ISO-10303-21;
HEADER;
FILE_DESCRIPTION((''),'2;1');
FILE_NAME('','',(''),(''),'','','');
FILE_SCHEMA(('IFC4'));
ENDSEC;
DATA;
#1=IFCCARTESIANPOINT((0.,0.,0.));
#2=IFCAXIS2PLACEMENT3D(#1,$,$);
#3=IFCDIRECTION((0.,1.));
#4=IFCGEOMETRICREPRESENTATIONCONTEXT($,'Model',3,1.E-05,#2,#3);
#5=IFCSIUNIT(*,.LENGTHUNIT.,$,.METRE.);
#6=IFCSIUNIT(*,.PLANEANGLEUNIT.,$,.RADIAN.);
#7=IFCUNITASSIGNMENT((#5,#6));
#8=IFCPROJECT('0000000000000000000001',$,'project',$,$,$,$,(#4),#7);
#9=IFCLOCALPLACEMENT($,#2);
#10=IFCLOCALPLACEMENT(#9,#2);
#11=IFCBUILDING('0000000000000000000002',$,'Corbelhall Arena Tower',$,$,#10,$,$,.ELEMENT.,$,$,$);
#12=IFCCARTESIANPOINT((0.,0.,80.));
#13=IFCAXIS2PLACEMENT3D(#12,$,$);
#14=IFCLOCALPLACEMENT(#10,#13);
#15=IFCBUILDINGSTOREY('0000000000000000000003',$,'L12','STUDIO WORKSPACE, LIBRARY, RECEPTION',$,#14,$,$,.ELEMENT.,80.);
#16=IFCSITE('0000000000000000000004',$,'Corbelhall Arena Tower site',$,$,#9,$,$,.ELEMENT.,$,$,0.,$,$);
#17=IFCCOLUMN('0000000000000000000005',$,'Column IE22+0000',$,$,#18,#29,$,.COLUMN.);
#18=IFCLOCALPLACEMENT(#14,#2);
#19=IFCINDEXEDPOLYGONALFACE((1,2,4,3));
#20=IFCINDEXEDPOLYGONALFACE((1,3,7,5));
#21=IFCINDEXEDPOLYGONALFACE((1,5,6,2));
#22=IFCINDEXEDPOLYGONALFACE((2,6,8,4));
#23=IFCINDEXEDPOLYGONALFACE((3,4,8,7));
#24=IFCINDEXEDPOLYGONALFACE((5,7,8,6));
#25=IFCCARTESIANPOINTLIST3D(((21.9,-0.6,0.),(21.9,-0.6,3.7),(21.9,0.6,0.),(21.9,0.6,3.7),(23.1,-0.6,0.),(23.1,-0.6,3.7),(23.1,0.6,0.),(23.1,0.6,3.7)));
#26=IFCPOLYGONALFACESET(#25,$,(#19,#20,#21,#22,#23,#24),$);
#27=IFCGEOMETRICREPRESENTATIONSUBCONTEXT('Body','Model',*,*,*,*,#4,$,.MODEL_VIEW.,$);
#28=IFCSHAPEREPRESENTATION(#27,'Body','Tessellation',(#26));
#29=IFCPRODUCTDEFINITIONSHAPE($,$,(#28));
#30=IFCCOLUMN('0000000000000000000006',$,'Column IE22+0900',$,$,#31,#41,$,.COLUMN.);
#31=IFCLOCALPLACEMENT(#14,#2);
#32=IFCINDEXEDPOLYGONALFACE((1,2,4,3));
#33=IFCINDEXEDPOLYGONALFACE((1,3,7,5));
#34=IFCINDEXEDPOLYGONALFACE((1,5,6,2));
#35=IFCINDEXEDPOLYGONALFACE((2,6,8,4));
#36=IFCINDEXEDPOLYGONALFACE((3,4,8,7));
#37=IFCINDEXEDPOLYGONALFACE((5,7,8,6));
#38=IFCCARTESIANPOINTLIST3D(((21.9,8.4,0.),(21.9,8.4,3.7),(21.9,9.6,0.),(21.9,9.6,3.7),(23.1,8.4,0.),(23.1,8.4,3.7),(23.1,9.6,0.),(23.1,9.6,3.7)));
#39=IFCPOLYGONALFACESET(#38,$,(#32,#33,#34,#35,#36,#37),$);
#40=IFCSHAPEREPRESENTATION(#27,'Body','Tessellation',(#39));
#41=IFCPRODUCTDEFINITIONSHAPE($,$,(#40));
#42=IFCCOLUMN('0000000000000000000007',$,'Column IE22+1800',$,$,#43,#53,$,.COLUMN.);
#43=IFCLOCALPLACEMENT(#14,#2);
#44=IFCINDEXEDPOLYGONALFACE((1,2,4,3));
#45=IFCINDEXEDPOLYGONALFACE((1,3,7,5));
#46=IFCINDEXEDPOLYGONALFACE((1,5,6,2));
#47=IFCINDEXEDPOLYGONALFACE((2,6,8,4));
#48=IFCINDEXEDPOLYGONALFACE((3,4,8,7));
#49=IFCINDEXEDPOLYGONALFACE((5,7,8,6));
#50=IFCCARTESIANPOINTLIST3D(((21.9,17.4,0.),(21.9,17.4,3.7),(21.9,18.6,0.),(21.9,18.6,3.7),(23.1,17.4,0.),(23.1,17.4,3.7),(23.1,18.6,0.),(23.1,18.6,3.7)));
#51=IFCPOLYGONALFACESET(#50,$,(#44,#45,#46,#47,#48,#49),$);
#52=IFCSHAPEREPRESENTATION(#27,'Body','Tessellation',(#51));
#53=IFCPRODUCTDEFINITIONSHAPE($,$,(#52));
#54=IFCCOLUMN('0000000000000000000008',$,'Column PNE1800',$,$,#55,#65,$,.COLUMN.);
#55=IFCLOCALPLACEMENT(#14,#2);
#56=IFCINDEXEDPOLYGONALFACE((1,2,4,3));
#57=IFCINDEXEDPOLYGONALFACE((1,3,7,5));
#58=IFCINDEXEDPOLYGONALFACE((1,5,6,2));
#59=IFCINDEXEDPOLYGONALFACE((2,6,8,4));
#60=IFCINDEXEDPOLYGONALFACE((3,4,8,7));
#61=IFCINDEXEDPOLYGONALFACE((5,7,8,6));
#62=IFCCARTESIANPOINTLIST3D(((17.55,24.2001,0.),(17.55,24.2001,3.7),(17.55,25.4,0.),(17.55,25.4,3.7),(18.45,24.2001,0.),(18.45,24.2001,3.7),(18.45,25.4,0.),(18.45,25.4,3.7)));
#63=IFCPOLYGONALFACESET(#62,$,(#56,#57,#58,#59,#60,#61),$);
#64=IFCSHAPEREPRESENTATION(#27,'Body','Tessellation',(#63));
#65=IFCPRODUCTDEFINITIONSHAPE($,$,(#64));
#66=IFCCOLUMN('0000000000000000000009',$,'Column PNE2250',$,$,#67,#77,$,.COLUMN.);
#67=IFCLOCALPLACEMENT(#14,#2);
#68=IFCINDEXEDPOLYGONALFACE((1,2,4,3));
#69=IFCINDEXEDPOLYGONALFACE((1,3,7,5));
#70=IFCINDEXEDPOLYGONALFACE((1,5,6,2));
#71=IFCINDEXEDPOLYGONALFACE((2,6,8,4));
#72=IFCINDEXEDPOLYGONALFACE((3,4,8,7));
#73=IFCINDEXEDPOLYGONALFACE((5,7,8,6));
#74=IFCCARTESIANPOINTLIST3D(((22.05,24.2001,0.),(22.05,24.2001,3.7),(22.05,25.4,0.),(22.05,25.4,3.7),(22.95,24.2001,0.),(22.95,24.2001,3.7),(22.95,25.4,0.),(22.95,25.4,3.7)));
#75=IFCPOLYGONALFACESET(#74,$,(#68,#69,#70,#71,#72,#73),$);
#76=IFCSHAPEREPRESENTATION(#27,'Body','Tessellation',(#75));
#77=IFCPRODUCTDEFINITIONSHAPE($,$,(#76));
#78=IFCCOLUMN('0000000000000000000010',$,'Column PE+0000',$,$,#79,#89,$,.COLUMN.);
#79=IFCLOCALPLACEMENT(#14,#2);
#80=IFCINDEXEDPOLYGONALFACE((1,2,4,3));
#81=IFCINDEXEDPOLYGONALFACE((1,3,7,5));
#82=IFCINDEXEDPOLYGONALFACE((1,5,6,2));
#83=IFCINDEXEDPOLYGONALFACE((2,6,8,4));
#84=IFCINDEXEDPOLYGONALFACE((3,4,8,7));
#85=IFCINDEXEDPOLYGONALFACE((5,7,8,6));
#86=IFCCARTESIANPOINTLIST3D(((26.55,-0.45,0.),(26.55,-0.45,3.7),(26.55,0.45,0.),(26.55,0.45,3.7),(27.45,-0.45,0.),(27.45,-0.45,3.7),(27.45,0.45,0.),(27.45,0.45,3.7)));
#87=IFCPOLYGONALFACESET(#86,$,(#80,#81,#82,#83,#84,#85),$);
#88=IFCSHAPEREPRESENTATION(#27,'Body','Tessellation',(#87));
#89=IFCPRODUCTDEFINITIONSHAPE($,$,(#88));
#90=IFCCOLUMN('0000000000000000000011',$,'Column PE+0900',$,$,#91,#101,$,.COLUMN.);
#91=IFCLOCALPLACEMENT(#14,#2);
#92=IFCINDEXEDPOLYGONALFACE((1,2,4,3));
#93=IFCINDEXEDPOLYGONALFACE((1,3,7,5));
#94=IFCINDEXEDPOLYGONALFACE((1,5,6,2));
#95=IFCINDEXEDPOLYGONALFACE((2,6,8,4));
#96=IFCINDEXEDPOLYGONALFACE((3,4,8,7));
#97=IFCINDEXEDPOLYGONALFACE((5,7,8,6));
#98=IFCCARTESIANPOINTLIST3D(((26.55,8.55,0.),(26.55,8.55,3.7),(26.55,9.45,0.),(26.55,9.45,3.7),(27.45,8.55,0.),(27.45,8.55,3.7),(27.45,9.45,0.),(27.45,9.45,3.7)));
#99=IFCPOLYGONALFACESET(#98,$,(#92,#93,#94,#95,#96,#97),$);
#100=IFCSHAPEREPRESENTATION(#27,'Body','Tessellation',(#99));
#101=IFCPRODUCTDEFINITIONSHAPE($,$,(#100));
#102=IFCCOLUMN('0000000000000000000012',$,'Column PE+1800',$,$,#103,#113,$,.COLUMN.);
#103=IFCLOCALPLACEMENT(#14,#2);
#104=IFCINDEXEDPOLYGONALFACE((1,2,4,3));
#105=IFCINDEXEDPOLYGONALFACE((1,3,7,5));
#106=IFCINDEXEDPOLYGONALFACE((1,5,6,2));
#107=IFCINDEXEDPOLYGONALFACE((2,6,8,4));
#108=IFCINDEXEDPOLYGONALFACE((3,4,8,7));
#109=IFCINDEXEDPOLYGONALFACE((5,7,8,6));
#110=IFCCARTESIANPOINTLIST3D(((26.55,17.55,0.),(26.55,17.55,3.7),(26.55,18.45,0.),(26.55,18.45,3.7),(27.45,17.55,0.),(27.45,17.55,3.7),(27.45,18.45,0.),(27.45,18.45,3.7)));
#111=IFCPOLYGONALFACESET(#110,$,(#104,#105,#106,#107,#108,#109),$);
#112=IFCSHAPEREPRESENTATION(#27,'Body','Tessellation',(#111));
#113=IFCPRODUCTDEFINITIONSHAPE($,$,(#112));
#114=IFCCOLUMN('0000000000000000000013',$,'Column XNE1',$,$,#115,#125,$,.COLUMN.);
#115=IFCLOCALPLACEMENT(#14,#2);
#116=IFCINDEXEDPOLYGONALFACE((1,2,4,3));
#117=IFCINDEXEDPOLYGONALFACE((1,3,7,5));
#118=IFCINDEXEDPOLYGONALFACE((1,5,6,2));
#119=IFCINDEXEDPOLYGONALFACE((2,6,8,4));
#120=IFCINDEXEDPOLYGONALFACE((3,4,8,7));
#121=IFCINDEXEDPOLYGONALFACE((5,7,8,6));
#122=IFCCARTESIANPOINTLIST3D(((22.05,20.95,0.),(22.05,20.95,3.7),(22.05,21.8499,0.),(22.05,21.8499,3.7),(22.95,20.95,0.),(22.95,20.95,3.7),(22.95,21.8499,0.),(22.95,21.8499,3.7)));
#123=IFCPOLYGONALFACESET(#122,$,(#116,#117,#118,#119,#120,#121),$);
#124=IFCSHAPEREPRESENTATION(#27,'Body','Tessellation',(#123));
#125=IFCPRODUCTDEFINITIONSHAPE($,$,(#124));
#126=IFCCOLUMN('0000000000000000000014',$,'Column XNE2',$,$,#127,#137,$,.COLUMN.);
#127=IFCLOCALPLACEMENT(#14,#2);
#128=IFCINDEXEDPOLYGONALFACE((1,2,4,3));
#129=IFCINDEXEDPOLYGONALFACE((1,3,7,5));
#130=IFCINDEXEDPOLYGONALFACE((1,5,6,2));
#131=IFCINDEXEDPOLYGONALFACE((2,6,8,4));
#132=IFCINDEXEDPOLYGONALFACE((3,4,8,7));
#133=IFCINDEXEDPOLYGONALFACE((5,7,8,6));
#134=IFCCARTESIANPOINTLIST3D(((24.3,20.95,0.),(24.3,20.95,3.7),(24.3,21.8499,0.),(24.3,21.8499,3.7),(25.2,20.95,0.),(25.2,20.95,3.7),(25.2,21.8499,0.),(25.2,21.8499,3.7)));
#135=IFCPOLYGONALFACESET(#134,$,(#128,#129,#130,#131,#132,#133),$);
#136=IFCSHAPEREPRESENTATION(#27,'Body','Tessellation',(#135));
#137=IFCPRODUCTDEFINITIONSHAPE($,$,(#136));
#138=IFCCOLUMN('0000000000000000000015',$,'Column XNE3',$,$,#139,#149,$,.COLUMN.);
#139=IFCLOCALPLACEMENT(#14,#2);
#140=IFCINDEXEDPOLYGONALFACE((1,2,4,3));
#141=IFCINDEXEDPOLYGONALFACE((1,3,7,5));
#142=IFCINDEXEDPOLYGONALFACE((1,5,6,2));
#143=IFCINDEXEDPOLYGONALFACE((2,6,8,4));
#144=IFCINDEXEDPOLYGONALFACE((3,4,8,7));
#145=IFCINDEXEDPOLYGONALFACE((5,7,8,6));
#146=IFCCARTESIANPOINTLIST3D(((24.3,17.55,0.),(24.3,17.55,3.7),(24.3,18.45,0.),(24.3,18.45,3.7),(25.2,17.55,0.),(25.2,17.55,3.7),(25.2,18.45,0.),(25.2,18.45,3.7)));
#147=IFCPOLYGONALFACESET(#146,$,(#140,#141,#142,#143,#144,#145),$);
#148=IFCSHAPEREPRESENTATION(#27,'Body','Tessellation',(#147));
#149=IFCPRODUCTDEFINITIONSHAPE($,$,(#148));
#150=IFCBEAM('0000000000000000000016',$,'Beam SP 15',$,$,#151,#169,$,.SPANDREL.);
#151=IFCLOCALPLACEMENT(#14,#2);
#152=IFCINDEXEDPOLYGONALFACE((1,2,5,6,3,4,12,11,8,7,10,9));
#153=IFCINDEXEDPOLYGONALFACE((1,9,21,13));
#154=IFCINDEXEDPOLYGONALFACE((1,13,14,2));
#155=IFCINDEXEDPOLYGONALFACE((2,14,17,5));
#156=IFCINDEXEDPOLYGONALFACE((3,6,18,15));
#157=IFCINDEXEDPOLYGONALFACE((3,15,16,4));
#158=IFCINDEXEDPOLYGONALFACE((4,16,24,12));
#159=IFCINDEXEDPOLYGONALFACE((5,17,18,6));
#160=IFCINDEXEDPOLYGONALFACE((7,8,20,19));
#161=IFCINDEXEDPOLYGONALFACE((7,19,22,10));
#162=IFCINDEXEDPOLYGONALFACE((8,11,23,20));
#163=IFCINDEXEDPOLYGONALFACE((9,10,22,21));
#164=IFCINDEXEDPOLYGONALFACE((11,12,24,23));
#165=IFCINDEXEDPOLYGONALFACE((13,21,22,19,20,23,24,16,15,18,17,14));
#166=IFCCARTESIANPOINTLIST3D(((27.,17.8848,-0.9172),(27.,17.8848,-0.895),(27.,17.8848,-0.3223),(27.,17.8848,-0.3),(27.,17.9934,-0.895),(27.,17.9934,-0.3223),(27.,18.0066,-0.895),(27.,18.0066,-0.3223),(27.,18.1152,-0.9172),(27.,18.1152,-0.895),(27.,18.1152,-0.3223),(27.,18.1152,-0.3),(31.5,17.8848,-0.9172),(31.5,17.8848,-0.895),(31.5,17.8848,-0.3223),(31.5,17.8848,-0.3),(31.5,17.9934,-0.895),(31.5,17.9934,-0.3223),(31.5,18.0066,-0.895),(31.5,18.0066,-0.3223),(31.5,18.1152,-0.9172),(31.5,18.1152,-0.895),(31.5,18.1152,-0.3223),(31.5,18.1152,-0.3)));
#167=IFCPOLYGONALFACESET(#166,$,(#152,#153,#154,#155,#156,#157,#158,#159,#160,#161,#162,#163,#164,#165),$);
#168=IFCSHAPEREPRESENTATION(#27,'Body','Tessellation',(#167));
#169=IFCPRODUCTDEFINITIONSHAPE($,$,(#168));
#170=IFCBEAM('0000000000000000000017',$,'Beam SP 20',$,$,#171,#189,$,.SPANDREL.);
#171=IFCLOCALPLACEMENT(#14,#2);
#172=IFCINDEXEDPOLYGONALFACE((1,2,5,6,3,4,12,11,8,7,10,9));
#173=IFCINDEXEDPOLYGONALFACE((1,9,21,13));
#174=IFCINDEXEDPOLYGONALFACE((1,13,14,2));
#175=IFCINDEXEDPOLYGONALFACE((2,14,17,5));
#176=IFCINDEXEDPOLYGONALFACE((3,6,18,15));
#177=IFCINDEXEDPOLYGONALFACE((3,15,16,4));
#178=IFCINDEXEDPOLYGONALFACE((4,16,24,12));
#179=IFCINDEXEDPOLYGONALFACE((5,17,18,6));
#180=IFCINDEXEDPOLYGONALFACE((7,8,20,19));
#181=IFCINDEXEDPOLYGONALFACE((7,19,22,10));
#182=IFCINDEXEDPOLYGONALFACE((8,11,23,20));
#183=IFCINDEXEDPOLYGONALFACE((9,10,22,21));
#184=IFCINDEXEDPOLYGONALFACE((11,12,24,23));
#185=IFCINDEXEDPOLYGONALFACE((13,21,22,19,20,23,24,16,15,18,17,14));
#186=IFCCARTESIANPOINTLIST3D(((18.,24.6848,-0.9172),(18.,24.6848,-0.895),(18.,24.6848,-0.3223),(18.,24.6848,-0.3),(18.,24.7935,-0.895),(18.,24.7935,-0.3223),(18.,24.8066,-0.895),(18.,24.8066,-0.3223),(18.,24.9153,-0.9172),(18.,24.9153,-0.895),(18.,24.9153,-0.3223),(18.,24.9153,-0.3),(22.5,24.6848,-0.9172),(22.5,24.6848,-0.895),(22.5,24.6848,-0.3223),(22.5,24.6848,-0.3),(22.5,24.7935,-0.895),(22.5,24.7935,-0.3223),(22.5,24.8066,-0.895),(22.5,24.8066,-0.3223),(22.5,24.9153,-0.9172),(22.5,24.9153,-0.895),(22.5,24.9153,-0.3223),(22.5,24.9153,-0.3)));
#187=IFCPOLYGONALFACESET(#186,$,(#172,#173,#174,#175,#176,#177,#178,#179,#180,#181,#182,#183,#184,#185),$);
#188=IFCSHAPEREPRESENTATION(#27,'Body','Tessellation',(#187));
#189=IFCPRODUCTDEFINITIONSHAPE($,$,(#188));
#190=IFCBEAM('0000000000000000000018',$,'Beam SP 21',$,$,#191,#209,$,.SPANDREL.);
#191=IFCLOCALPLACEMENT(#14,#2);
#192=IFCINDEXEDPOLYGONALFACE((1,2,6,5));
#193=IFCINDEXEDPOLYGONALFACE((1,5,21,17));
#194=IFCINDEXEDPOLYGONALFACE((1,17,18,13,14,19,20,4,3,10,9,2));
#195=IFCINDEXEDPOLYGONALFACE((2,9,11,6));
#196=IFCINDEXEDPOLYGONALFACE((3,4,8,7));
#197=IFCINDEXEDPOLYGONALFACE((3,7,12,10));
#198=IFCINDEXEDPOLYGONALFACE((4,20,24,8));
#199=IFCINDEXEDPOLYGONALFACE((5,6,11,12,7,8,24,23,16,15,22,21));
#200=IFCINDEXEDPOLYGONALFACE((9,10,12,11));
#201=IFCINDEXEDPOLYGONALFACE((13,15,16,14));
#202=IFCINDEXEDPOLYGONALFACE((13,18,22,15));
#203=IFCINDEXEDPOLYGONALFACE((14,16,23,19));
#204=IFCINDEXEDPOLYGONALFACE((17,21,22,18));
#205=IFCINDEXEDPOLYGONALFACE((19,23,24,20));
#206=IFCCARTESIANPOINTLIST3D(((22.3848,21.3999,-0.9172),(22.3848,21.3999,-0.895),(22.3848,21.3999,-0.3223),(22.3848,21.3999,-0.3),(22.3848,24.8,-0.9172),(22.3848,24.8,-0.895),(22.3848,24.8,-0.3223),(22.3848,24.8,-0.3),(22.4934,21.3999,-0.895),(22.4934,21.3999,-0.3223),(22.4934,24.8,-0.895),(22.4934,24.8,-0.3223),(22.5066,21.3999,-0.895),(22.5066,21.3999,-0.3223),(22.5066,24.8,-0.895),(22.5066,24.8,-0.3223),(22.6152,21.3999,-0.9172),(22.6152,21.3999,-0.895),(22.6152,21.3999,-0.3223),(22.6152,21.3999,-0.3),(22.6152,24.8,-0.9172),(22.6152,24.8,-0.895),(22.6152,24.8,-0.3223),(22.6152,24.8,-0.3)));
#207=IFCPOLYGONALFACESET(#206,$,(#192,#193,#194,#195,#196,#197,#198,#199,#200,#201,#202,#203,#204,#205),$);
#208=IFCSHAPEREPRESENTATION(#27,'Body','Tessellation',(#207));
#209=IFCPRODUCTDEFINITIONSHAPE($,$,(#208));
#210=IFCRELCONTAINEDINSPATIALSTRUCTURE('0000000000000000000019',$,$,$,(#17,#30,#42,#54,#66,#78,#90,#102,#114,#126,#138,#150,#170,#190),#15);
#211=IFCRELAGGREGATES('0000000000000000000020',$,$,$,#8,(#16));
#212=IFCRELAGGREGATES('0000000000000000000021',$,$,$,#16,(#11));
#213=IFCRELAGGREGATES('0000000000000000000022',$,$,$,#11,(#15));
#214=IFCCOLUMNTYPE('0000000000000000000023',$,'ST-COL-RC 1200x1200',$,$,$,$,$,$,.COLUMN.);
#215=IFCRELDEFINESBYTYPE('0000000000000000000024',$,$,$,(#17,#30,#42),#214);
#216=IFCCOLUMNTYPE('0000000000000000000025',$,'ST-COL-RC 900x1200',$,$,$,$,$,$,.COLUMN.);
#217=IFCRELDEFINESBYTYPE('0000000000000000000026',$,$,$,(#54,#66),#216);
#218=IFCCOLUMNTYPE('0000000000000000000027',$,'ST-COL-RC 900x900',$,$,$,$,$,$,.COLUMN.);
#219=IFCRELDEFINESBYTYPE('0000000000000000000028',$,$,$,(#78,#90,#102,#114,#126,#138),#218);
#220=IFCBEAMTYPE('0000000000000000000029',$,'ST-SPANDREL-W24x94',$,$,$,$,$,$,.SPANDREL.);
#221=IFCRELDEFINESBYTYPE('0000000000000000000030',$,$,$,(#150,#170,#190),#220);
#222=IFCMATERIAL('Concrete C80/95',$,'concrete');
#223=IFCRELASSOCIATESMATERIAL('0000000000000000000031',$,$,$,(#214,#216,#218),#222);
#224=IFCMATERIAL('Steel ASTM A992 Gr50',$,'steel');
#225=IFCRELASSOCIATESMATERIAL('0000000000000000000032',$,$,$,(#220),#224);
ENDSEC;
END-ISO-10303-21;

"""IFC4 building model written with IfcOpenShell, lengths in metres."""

from ifc_helpers import new_model, si_unit, direction, frame, origin, origin_2d, place, context, subcontext, project, spatial, rectangle, i_section, extrude, material, material_profile, profile_set, type_object, element, save


model = new_model("IFC4")

# Units and contexts
model_context = context("Model", 3, precision=1e-05, world=origin(), true_north=direction((0.0, 1.0)))
body_context = subcontext(model_context, "Body", "Model", "MODEL_VIEW")
ifc_project = project(units=[si_unit("LENGTHUNIT", "METRE"), si_unit("PLANEANGLEUNIT", "RADIAN")], contexts=[model_context])

# Site, building, storey
site_placement = place(None, origin())
site = spatial("IfcSite", under=ifc_project, at=site_placement, Name="Corbelhall Arena Tower site", CompositionType="ELEMENT", RefElevation=0.0)
building_placement = place(site_placement, origin())
building = spatial("IfcBuilding", under=site, at=building_placement, Name="Corbelhall Arena Tower", CompositionType="ELEMENT")
storey_placement = place(building_placement, frame((0.0, 0.0, 80.0)))
storey = spatial("IfcBuildingStorey", under=building, at=storey_placement, Name="L12", Description="STUDIO WORKSPACE, LIBRARY, RECEPTION", CompositionType="ELEMENT", Elevation=80.0)

# Columns
ifc_material_1 = material(Name="Concrete C80/95", Category="concrete")
ifc_material_profile_1 = material_profile(ifc_material_1, rectangle(XDim=1.2, YDim=1.2, at=origin_2d()))
ifc_profile_set_1 = profile_set([ifc_material_profile_1], Name="Concrete C80/95")
column_type_1 = type_object("IfcColumnType", Name="ST-COL-RC 1200x1200", PredefinedType="COLUMN", material=ifc_profile_set_1)
for number, where, z_axis, x_axis, name in (
    (1, (22.5, 0.0, 0.0), (0.0, 0.0, 1.0), (1.0, 0.0, 0.0), "Column IE22+0000"),
    (2, (22.5, 9.0, 0.0), (0.0, 0.0, 1.0), (1.0, 0.0, 0.0), "Column IE22+0900"),
    (3, (22.5, 18.0, 0.0), (0.0, 0.0, 1.0), (1.0, 0.0, 0.0), "Column IE22+1800"),
):
    element("IfcColumn", number, at=place(storey_placement, frame(where, z_axis=z_axis, x_axis=x_axis)), inside=storey, type_object=column_type_1, Name=name, PredefinedType="COLUMN", context=body_context, shape_type="SweptSolid", body=[
        extrude(rectangle(XDim=1.2, YDim=1.2, at=origin_2d()), origin(), (0.0, 0.0, 1.0), 3.7),
    ])
ifc_material_profile_2 = material_profile(ifc_material_1, rectangle(XDim=0.8999, YDim=1.2, at=origin_2d()))
ifc_profile_set_2 = profile_set([ifc_material_profile_2], Name="Concrete C80/95")
column_type_2 = type_object("IfcColumnType", Name="ST-COL-RC 900x1200", PredefinedType="COLUMN", material=ifc_profile_set_2)
for number, where, z_axis, x_axis, name in (
    (4, (18.0, 24.8, 0.0), (0.0, 0.0, 1.0), (1.0, 0.0, 0.0), "Column PNE1800"),
    (5, (22.5, 24.8, 0.0), (0.0, 0.0, 1.0), (1.0, 0.0, 0.0), "Column PNE2250"),
):
    element("IfcColumn", number, at=place(storey_placement, frame(where, z_axis=z_axis, x_axis=x_axis)), inside=storey, type_object=column_type_2, Name=name, PredefinedType="COLUMN", context=body_context, shape_type="SweptSolid", body=[
        extrude(rectangle(XDim=0.8999, YDim=1.2, at=origin_2d()), origin(), (0.0, 0.0, 1.0), 3.7),
    ])
ifc_material_profile_3 = material_profile(ifc_material_1, rectangle(XDim=0.8999, YDim=0.8999, at=origin_2d()))
ifc_profile_set_3 = profile_set([ifc_material_profile_3], Name="Concrete C80/95")
column_type_3 = type_object("IfcColumnType", Name="ST-COL-RC 900x900", PredefinedType="COLUMN", material=ifc_profile_set_3)
for number, where, z_axis, x_axis, name in (
    (6, (27.0, 0.0, 0.0), (0.0, 0.0, 1.0), (1.0, 0.0, 0.0), "Column PE+0000"),
    (7, (27.0, 9.0, 0.0), (0.0, 0.0, 1.0), (1.0, 0.0, 0.0), "Column PE+0900"),
    (8, (27.0, 18.0, 0.0), (0.0, 0.0, 1.0), (1.0, 0.0, 0.0), "Column PE+1800"),
    (9, (22.5, 21.3999, 0.0), (0.0, 0.0, 1.0), (1.0, 0.0, 0.0), "Column XNE1"),
    (10, (24.75, 21.3999, 0.0), (0.0, 0.0, 1.0), (1.0, 0.0, 0.0), "Column XNE2"),
    (11, (24.75, 18.0, 0.0), (0.0, 0.0, 1.0), (1.0, 0.0, 0.0), "Column XNE3"),
):
    element("IfcColumn", number, at=place(storey_placement, frame(where, z_axis=z_axis, x_axis=x_axis)), inside=storey, type_object=column_type_3, Name=name, PredefinedType="COLUMN", context=body_context, shape_type="SweptSolid", body=[
        extrude(rectangle(XDim=0.8999, YDim=0.8999, at=origin_2d()), origin(), (0.0, 0.0, 1.0), 3.7),
    ])

# Beams
ifc_material_2 = material(Name="Steel ASTM A992 Gr50", Category="steel")
ifc_material_profile_4 = material_profile(ifc_material_2, i_section(OverallWidth=0.2305, OverallDepth=0.6172, WebThickness=0.0132, FlangeThickness=0.0222, at=origin_2d()))
ifc_profile_set_4 = profile_set([ifc_material_profile_4], Name="Steel ASTM A992 Gr50")
beam_type = type_object("IfcBeamType", Name="ST-SPANDREL-W24x94", PredefinedType="SPANDREL", material=ifc_profile_set_4)
for number, where, z_axis, x_axis, name in (
    (12, (27.0, 18.0, -0.6086), (1.0, 0.0, 0.0), (0.0, 1.0, 0.0), "Beam SP 15"),
    (13, (18.0, 24.8, -0.6086), (1.0, 0.0, 0.0), (0.0, 1.0, 0.0), "Beam SP 20"),
):
    element("IfcBeam", number, at=place(storey_placement, frame(where, z_axis=z_axis, x_axis=x_axis)), inside=storey, type_object=beam_type, Name=name, PredefinedType="SPANDREL", context=body_context, shape_type="SweptSolid", body=[
        extrude(i_section(OverallWidth=0.2305, OverallDepth=0.6172, WebThickness=0.0132, FlangeThickness=0.0222, at=origin_2d()), origin(), (0.0, 0.0, 1.0), 4.5),
    ])
beam_1_placement = place(storey_placement, frame((22.5, 24.8, -0.6086), z_axis=(0.0, -1.0, 0.0), x_axis=(1.0, 0.0, 0.0)))
element("IfcBeam", 14, at=beam_1_placement, inside=storey, type_object=beam_type, Name="Beam SP 21", PredefinedType="SPANDREL", context=body_context, shape_type="SweptSolid", body=[
    extrude(i_section(OverallWidth=0.2305, OverallDepth=0.6172, WebThickness=0.0132, FlangeThickness=0.0222, at=origin_2d()), origin(), (0.0, 0.0, 1.0), 3.4001),
])

save(model, "model.ifc")
